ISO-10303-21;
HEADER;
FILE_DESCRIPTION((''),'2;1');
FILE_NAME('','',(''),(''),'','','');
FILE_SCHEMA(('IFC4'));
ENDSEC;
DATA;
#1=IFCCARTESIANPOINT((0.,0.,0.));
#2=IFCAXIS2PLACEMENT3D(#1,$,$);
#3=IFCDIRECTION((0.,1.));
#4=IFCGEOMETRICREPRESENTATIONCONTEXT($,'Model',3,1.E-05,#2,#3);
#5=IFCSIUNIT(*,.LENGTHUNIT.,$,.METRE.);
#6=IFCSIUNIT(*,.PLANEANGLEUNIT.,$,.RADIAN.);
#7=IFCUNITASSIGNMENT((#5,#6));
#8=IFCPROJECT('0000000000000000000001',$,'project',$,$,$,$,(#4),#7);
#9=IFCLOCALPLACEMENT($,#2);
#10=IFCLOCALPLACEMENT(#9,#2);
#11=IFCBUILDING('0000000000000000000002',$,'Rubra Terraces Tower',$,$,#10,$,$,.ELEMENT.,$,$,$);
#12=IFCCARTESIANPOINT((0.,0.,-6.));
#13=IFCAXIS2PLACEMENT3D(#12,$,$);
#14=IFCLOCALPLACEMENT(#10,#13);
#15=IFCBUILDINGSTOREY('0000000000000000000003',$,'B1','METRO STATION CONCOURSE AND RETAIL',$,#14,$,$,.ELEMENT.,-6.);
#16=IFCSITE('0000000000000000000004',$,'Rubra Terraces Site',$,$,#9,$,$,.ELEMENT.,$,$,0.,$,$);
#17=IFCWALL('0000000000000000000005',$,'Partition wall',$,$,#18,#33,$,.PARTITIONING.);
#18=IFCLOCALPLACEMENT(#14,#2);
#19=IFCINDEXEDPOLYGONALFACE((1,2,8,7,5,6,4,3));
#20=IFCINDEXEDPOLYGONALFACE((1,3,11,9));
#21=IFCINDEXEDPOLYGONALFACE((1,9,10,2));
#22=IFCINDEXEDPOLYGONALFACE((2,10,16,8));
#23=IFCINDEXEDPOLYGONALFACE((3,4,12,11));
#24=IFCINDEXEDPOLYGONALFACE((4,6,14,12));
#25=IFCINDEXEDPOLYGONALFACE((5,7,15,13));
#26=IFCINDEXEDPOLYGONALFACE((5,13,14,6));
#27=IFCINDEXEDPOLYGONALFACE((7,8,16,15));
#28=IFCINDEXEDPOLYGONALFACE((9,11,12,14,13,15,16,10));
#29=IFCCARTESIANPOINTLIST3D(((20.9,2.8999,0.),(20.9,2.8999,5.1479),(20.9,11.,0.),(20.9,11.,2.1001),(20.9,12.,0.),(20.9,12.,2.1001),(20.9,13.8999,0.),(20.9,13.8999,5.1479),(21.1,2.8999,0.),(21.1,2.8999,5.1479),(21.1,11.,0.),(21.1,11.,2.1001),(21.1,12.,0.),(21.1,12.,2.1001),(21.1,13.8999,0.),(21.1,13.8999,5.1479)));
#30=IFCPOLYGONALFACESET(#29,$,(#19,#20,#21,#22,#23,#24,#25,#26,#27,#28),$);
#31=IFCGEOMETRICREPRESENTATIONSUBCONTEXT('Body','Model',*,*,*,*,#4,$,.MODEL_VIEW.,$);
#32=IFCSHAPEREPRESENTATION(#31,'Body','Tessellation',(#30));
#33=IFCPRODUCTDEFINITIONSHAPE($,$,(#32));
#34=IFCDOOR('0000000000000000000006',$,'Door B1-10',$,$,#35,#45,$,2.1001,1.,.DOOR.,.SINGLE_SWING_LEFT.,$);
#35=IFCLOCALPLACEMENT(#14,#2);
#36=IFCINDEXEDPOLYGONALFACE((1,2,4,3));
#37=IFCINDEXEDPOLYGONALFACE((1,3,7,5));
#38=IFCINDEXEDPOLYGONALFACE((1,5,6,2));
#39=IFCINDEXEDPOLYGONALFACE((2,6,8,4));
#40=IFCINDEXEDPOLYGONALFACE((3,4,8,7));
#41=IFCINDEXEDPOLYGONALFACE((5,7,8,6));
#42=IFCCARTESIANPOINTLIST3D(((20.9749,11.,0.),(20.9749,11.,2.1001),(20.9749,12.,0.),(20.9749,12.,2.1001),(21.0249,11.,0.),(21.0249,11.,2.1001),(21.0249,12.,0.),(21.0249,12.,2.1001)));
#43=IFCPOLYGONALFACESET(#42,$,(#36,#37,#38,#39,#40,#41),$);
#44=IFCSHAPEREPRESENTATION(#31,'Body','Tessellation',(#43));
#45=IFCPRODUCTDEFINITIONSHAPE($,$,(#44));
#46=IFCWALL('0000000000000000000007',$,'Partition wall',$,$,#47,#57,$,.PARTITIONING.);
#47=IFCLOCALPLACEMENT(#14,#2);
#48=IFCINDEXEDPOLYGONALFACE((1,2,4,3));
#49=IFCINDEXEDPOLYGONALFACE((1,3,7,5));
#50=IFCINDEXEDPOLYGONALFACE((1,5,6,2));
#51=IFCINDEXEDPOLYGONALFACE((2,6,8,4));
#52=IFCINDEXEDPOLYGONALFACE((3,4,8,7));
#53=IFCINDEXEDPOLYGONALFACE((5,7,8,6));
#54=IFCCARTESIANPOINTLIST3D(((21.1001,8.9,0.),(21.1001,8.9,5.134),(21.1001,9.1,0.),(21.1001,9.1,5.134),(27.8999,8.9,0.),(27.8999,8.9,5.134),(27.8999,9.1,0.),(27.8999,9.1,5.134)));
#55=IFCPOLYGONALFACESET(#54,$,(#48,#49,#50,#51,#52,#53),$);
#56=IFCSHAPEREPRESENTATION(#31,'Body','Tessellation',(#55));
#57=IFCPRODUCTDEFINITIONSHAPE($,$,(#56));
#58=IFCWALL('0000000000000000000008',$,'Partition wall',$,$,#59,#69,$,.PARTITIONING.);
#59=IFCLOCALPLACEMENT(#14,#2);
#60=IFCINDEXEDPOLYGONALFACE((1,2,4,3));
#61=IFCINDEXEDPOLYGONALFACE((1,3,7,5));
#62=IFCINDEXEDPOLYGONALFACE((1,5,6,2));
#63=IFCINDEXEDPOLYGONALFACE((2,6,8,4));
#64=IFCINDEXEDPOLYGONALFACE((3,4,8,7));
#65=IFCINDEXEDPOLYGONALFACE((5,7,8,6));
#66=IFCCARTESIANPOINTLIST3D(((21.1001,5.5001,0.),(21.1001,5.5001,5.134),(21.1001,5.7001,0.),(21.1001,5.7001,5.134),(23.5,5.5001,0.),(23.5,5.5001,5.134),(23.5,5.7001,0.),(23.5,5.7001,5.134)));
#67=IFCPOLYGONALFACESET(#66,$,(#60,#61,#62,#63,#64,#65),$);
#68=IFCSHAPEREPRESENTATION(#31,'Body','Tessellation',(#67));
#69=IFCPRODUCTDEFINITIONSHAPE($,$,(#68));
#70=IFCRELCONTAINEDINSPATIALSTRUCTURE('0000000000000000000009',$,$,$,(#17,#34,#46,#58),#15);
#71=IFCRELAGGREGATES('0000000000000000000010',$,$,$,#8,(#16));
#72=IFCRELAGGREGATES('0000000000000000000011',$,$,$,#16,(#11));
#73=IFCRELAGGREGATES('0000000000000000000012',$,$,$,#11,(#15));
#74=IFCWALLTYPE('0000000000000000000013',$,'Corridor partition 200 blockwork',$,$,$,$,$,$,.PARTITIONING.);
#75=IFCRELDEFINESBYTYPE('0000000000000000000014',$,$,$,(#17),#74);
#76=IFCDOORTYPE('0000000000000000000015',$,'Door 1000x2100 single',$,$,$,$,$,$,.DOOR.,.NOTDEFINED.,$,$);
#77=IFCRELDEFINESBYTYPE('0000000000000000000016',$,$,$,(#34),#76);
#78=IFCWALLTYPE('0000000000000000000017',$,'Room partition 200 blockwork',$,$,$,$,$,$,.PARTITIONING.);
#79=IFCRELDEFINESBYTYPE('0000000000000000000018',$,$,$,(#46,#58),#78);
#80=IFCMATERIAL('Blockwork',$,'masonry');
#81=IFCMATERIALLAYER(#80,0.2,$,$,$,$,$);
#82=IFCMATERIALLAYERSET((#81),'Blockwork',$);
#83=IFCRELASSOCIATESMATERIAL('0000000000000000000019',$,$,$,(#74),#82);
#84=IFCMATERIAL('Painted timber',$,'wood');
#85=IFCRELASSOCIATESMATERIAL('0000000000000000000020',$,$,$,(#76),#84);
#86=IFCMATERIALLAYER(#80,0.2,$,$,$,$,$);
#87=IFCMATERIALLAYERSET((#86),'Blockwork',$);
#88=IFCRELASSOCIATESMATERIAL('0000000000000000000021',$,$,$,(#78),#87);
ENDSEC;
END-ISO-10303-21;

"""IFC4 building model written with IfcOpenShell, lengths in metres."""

from ifc_helpers import new_model, si_unit, direction, frame, frame_2d, origin, place, context, subcontext, project, spatial, rectangle, extrude, material, layer, layer_set, type_object, element, fill, save


model = new_model("IFC4")

# Units and contexts
model_context = context("Model", 3, precision=1e-05, world=origin(), true_north=direction((0.0, 1.0)))
body_context = subcontext(model_context, "Body", "Model", "MODEL_VIEW")
ifc_project = project(units=[si_unit("LENGTHUNIT", "METRE"), si_unit("PLANEANGLEUNIT", "RADIAN")], contexts=[model_context])

# Site, building, storey
site_placement = place(None, origin())
site = spatial("IfcSite", under=ifc_project, at=site_placement, Name="Rubra Terraces Site", CompositionType="ELEMENT", RefElevation=0.0)
building_placement = place(site_placement, origin())
building = spatial("IfcBuilding", under=site, at=building_placement, Name="Rubra Terraces Tower", CompositionType="ELEMENT")
storey_placement = place(building_placement, frame((0.0, 0.0, -6.0)))
storey = spatial("IfcBuildingStorey", under=building, at=storey_placement, Name="B1", Description="METRO STATION CONCOURSE AND RETAIL", CompositionType="ELEMENT", Elevation=-6.0)

# Wall, opening, door
ifc_material_1 = material(Name="Blockwork", Category="masonry")
ifc_layer_1 = layer(ifc_material_1, 0.2)
ifc_layer_set_1 = layer_set([ifc_layer_1], Name="Blockwork")
wall_type_1 = type_object("IfcWallType", Name="Corridor partition 200 blockwork", PredefinedType="PARTITIONING", material=ifc_layer_set_1)
wall_1_placement = place(storey_placement, frame((21.0, 13.8999, 0.0), z_axis=(0.0, 0.0, 1.0), x_axis=(0.0, -1.0, 0.0)))
wall_1 = element("IfcWall", 1, at=wall_1_placement, inside=storey, type_object=wall_type_1, Name="Partition wall", PredefinedType="PARTITIONING", context=body_context, shape_type="SweptSolid", body=[
    extrude(rectangle(XDim=11.0, YDim=0.2, at=frame_2d((5.5, 0.0))), origin(), (0.0, 0.0, 1.0), 5.1479),
])
opening_placement = place(wall_1_placement, frame((1.8999, 0.0, 0.0)))
opening = element("IfcOpeningElement", 2, at=opening_placement, cuts=wall_1, PredefinedType="OPENING", context=body_context, shape_type="SweptSolid", body=[
    extrude(rectangle(XDim=1.0, YDim=2.1001, at=frame_2d((0.5, 1.05))), frame((0.0, 0.1099, 0.0), z_axis=(0.0, -1.0, 0.0), x_axis=(1.0, 0.0, 0.0)), (0.0, 0.0, 1.0), 0.22),
])
ifc_material_2 = material(Name="Painted timber", Category="wood")
door_type = type_object("IfcDoorType", Name="Door 1000x2100 single", OperationType="NOTDEFINED", PredefinedType="DOOR", material=ifc_material_2)
door_placement = place(opening_placement, origin())
door = element("IfcDoor", 3, at=door_placement, inside=storey, type_object=door_type, Name="Door B1-10", OperationType="SINGLE_SWING_LEFT", OverallHeight=2.1001, OverallWidth=1.0, PredefinedType="DOOR", context=body_context, shape_type="SweptSolid", body=[
    extrude(rectangle(XDim=1.0, YDim=2.1001, at=frame_2d((0.5, 1.05))), frame((0.0, 0.0249, 0.0), z_axis=(0.0, -1.0, 0.0), x_axis=(1.0, 0.0, 0.0)), (0.0, 0.0, 1.0), 0.05),
])
fill(opening, door)

# Walls
ifc_layer_2 = layer(ifc_material_1, 0.2)
ifc_layer_set_2 = layer_set([ifc_layer_2], Name="Blockwork")
wall_type_2 = type_object("IfcWallType", Name="Room partition 200 blockwork", PredefinedType="PARTITIONING", material=ifc_layer_set_2)
wall_2_placement = place(storey_placement, frame((21.1001, 9.0, 0.0), z_axis=(0.0, 0.0, 1.0), x_axis=(1.0, 0.0, 0.0)))
element("IfcWall", 4, at=wall_2_placement, inside=storey, type_object=wall_type_2, Name="Partition wall", PredefinedType="PARTITIONING", context=body_context, shape_type="SweptSolid", body=[
    extrude(rectangle(XDim=6.7998, YDim=0.2, at=frame_2d((3.3999, 0.0))), origin(), (0.0, 0.0, 1.0), 5.134),
])
wall_3_placement = place(storey_placement, frame((23.5, 5.6001, 0.0), z_axis=(0.0, 0.0, 1.0), x_axis=(-1.0, 0.0, 0.0)))
element("IfcWall", 5, at=wall_3_placement, inside=storey, type_object=wall_type_2, Name="Partition wall", PredefinedType="PARTITIONING", context=body_context, shape_type="SweptSolid", body=[
    extrude(rectangle(XDim=2.3999, YDim=0.2, at=frame_2d((1.2, 0.0))), origin(), (0.0, 0.0, 1.0), 5.134),
])

save(model, "model.ifc")
